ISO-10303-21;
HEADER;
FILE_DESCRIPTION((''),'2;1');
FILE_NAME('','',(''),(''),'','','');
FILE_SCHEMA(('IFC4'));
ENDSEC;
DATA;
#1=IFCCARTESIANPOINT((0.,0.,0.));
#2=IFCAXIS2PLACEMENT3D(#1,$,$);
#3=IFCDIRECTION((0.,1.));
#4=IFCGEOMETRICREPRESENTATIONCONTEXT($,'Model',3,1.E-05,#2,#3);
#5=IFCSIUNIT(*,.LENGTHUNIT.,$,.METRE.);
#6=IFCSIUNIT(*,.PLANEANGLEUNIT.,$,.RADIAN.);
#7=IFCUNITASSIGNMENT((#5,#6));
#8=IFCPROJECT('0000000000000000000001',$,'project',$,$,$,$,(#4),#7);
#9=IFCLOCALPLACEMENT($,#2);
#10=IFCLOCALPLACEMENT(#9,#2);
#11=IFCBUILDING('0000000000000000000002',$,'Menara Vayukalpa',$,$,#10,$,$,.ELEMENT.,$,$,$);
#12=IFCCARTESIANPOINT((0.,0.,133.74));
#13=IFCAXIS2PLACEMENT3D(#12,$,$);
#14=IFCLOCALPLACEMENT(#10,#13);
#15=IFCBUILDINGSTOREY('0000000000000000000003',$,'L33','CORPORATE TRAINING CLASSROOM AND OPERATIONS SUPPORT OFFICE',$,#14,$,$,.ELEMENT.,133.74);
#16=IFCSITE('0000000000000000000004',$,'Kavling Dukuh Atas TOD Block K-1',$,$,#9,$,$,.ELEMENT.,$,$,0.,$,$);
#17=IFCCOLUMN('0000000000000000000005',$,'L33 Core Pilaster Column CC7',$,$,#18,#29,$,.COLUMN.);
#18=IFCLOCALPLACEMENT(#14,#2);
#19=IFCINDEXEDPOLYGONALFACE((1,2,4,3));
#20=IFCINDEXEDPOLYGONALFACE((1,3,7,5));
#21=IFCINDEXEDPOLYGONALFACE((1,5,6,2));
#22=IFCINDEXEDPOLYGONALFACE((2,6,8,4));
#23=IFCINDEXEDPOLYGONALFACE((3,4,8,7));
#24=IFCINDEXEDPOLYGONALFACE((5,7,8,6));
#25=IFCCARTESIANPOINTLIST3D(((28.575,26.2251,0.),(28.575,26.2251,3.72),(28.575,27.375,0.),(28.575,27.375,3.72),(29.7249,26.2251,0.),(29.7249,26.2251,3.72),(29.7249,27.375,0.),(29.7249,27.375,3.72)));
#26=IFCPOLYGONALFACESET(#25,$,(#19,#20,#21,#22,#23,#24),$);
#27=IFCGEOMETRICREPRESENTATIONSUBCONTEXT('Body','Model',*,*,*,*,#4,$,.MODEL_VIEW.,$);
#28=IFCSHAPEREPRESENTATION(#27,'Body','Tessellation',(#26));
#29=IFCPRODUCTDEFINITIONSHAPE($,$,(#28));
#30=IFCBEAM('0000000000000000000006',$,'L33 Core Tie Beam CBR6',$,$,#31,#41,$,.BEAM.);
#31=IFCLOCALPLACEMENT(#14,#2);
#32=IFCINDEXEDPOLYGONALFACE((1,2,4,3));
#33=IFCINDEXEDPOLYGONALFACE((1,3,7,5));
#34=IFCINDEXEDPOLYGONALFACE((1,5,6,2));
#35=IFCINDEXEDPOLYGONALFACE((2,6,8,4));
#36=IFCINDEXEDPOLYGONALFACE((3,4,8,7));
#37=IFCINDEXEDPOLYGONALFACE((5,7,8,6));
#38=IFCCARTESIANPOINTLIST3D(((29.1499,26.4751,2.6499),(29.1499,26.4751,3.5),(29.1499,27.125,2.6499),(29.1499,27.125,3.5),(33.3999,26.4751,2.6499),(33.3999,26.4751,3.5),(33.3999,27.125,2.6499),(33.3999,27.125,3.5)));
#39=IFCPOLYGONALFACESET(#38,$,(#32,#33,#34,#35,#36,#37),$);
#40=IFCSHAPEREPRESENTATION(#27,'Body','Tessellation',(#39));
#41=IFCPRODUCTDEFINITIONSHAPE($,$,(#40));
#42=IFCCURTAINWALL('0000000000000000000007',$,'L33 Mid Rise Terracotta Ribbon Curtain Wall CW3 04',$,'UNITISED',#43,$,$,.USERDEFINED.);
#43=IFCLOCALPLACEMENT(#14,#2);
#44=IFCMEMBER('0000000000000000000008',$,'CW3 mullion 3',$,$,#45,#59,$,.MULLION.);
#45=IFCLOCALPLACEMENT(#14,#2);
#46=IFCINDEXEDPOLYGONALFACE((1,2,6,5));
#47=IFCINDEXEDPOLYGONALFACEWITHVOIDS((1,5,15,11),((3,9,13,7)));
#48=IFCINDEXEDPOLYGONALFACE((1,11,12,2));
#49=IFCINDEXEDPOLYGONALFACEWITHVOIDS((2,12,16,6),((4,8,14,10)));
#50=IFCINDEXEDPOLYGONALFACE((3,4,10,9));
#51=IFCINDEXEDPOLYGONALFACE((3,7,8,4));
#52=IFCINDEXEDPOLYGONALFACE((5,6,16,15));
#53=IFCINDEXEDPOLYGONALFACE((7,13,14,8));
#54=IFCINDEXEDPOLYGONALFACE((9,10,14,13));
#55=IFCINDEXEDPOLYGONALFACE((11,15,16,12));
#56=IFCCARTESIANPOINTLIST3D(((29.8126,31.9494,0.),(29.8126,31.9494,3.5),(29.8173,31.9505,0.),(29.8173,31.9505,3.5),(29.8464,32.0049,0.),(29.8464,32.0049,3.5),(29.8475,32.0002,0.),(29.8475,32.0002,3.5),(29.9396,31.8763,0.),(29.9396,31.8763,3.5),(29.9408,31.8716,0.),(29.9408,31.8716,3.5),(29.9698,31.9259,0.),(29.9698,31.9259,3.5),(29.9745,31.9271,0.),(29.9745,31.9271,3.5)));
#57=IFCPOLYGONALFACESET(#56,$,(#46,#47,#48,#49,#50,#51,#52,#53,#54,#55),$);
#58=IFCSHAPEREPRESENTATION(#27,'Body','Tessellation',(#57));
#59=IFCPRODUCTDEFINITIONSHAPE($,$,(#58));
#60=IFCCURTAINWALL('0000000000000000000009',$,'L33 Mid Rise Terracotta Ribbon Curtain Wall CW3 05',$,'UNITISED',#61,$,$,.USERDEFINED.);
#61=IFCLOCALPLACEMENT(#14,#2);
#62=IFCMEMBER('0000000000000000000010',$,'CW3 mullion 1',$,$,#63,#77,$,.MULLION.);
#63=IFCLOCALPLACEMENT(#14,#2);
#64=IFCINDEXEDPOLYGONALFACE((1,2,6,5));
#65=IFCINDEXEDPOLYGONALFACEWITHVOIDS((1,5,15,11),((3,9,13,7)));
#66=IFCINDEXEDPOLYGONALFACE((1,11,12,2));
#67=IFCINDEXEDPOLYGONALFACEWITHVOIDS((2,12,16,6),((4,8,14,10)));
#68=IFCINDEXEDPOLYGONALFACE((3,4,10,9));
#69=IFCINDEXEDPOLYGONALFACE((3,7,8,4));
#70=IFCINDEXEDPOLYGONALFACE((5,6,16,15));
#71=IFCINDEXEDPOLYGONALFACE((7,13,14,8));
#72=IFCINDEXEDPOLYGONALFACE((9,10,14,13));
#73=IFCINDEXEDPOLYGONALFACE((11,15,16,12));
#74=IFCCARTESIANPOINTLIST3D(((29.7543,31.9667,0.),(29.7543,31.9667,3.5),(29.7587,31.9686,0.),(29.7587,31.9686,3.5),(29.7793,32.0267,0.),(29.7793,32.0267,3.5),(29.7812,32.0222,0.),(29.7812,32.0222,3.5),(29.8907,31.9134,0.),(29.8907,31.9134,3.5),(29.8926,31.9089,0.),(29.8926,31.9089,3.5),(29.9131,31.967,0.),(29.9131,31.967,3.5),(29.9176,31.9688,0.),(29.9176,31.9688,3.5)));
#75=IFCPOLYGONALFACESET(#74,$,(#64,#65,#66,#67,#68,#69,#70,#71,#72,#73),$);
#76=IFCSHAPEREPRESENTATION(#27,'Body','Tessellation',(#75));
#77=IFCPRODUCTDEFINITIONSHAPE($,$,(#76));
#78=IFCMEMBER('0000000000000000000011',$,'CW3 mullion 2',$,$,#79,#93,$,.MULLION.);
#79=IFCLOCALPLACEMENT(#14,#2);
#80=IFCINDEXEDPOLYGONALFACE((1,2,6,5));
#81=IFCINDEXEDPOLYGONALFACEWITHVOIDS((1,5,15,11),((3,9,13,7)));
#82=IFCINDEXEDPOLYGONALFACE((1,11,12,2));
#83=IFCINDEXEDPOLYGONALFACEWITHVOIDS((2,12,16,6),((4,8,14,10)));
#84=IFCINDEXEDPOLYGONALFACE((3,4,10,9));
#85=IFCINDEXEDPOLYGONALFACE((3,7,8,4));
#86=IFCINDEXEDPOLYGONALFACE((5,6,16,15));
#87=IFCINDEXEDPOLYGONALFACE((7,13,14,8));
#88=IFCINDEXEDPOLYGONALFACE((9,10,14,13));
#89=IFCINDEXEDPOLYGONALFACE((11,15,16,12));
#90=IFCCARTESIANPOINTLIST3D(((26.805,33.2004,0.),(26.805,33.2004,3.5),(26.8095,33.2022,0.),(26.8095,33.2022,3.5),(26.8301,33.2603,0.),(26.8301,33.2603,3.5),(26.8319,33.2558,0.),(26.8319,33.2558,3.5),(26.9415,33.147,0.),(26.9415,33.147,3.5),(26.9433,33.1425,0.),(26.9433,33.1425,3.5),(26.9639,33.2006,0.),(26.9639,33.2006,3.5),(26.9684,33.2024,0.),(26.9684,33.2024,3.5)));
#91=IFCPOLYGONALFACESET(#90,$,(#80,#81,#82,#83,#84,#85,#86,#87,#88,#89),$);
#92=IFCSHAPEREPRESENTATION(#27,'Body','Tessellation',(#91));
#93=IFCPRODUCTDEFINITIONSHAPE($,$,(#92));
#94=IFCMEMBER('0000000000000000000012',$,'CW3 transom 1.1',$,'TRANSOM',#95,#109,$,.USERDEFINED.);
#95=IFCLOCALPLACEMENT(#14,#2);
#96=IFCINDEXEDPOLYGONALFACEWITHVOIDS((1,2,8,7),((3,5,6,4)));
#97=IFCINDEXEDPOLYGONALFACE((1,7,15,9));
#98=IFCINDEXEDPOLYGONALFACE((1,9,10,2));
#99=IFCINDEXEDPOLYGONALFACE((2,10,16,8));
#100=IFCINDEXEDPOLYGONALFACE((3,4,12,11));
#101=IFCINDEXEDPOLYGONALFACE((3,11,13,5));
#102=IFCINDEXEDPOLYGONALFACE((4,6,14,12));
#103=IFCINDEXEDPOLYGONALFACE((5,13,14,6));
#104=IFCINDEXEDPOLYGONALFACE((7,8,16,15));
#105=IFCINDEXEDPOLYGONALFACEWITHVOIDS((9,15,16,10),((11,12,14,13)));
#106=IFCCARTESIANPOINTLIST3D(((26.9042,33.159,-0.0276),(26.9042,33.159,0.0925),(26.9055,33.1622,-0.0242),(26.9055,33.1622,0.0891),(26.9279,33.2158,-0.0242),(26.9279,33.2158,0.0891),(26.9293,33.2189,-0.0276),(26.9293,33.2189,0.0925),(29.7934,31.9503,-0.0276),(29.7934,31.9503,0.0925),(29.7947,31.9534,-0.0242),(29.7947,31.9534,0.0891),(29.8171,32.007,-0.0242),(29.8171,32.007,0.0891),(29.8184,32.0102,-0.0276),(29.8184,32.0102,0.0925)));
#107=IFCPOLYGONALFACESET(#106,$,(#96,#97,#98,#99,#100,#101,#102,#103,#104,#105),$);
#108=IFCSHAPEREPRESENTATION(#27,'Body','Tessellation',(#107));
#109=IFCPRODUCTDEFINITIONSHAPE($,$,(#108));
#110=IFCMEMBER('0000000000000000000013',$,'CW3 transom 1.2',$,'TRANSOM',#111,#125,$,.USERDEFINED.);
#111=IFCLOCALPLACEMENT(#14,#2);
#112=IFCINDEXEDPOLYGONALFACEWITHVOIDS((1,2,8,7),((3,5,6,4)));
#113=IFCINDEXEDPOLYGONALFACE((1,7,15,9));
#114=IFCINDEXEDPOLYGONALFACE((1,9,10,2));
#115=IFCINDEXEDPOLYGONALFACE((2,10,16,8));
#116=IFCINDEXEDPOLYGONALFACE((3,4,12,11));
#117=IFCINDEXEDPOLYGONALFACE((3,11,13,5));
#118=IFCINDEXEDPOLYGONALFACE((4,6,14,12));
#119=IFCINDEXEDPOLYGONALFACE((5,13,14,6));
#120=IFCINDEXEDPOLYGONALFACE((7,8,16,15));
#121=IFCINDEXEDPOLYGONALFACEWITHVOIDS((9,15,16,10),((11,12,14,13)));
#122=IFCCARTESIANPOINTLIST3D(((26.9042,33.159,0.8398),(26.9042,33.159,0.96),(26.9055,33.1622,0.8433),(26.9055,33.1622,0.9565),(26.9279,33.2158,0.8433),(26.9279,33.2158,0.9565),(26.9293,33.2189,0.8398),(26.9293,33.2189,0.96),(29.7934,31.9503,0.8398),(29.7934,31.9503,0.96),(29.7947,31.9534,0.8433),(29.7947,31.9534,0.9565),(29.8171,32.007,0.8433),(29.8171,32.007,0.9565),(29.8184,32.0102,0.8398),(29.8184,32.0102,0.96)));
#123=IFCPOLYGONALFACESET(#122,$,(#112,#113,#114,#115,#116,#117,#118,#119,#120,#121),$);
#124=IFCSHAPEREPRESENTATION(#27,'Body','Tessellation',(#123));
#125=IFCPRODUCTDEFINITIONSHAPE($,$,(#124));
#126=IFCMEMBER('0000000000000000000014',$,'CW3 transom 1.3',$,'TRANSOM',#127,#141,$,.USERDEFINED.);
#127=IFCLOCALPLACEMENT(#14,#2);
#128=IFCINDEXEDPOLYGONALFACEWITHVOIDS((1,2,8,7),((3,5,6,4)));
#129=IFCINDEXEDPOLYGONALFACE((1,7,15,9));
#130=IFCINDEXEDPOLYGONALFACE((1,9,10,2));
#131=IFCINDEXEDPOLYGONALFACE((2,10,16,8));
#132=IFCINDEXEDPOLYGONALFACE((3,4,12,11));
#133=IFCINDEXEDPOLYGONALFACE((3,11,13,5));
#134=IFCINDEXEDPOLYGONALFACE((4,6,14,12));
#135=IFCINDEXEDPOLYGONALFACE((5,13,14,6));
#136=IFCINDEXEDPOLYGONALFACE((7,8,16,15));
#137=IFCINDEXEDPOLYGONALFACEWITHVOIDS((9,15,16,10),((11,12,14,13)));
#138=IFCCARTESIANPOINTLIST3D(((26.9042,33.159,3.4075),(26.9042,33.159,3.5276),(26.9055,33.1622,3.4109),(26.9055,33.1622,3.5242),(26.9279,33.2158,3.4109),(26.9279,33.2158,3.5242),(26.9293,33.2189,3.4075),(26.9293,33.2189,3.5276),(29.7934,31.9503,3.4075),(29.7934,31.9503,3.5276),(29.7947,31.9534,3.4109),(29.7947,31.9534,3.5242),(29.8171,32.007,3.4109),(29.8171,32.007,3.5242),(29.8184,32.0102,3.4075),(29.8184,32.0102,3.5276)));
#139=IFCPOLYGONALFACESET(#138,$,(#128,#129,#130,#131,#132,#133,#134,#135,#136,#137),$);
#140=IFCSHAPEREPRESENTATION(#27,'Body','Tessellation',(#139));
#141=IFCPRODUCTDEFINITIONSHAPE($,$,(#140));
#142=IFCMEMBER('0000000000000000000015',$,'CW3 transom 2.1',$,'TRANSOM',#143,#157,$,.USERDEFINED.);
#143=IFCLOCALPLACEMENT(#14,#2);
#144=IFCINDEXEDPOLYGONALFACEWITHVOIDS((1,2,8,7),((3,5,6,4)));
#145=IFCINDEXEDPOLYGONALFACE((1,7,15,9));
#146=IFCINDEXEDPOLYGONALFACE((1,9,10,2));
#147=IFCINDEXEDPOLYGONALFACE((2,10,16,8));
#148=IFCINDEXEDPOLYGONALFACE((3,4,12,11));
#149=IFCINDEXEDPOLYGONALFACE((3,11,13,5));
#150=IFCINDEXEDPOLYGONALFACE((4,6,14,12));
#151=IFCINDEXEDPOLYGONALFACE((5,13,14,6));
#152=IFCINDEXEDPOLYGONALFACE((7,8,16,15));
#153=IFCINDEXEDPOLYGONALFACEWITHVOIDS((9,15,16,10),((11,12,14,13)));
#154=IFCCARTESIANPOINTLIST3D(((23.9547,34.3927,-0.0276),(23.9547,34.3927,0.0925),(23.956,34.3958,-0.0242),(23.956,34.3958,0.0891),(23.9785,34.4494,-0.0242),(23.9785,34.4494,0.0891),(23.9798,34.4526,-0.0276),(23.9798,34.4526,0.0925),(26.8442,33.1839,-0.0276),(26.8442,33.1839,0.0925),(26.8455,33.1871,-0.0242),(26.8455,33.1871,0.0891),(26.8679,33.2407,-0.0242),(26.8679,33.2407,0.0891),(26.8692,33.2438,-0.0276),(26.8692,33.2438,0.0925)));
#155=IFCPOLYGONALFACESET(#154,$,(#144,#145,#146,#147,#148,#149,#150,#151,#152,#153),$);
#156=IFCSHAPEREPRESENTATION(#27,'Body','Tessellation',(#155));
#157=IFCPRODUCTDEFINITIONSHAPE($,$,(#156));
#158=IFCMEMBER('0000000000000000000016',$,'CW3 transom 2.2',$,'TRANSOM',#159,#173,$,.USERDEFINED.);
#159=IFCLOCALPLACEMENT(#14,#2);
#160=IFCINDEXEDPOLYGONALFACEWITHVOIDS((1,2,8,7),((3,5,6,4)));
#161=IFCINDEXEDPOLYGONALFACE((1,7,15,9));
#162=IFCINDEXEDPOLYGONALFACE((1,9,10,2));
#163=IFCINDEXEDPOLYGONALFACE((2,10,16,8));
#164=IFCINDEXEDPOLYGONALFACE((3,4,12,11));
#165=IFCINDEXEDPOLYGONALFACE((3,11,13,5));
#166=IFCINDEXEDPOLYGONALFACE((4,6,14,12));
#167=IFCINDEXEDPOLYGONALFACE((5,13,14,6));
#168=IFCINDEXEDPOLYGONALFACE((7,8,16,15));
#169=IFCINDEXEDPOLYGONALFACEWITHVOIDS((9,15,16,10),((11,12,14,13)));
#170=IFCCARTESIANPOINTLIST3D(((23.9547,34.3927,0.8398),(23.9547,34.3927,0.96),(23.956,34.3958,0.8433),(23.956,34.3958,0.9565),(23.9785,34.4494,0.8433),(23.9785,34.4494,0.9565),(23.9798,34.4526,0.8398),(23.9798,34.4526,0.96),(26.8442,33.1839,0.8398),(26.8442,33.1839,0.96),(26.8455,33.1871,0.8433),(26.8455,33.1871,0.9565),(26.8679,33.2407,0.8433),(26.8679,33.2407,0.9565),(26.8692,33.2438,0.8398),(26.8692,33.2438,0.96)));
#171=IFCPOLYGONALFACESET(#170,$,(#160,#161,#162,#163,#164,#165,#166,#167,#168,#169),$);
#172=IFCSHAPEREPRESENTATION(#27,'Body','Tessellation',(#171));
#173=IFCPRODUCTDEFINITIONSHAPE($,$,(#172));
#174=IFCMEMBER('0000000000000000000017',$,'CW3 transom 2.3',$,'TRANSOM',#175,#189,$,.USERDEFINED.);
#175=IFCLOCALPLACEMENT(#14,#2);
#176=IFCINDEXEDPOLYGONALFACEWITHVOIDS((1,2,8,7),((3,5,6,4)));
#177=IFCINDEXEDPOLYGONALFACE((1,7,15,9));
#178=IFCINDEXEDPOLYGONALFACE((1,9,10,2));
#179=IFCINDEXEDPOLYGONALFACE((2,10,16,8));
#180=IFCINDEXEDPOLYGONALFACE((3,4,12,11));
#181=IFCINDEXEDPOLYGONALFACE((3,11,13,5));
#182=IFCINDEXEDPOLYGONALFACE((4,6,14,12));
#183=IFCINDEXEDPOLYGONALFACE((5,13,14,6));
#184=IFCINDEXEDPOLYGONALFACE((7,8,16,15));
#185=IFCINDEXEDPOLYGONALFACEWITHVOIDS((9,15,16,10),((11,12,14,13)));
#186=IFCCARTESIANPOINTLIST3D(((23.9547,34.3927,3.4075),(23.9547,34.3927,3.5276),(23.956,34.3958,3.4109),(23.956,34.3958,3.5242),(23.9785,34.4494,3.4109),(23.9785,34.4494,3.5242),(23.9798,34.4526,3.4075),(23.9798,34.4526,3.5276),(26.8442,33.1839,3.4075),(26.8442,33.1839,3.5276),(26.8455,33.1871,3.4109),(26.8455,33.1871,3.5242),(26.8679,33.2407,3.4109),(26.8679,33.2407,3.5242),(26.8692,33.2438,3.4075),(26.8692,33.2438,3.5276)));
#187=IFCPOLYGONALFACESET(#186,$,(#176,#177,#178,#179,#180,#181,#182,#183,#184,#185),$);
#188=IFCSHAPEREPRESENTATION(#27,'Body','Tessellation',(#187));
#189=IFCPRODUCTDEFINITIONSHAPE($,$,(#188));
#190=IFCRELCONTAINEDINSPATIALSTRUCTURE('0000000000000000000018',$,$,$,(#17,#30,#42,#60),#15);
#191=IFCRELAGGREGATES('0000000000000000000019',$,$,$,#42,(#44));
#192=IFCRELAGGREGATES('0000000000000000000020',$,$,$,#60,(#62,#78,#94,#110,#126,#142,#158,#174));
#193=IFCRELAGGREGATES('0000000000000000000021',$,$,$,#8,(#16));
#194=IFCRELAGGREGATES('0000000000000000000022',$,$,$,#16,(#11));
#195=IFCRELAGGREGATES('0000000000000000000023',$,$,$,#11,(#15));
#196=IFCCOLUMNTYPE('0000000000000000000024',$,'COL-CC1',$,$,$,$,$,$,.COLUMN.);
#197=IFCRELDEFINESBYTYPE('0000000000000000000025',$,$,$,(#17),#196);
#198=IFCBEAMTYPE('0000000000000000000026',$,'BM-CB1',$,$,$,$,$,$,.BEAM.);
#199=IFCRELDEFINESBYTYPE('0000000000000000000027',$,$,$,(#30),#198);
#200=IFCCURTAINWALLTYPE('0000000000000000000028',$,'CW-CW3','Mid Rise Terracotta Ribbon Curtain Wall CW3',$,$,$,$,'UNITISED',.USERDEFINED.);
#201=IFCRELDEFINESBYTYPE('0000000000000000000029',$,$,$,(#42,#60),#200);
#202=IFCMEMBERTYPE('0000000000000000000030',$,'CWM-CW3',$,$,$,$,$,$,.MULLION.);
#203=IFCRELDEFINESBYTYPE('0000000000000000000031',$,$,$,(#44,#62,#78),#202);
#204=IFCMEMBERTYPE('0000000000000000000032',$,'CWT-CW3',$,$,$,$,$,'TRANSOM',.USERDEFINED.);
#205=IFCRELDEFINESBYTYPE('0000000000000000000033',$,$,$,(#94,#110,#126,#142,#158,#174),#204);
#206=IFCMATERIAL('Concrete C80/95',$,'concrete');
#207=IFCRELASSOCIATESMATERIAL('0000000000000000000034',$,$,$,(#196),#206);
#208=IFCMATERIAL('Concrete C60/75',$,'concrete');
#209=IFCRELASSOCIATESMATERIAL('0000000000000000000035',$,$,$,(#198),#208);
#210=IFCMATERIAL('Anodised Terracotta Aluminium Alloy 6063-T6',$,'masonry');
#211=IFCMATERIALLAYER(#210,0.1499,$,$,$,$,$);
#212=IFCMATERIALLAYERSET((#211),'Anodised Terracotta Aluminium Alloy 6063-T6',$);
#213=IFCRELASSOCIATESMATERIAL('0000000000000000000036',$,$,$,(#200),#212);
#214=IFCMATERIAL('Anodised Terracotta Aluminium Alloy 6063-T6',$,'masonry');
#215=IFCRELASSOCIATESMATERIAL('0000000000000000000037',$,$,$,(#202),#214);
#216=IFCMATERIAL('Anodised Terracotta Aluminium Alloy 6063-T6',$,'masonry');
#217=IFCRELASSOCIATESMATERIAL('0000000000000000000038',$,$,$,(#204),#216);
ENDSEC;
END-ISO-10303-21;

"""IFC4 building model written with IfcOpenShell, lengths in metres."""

from ifc_helpers import new_model, si_unit, direction, frame, origin, origin_2d, place, context, subcontext, project, spatial, rectangle, hollow_rectangle, extrude, material, layer, layer_set, material_profile, profile_set, type_object, element, aggregate, save


model = new_model("IFC4")

# Units and contexts
model_context = context("Model", 3, precision=1e-05, world=origin(), true_north=direction((0.0, 1.0)))
body_context = subcontext(model_context, "Body", "Model", "MODEL_VIEW")
ifc_project = project(units=[si_unit("LENGTHUNIT", "METRE"), si_unit("PLANEANGLEUNIT", "RADIAN")], contexts=[model_context])

# Site, building, storey
site_placement = place(None, origin())
site = spatial("IfcSite", under=ifc_project, at=site_placement, Name="Kavling Dukuh Atas TOD Block K-1", CompositionType="ELEMENT", RefElevation=0.0)
building_placement = place(site_placement, origin())
building = spatial("IfcBuilding", under=site, at=building_placement, Name="Menara Vayukalpa", CompositionType="ELEMENT")
storey_placement = place(building_placement, frame((0.0, 0.0, 133.74)))
storey = spatial("IfcBuildingStorey", under=building, at=storey_placement, Name="L33", Description="CORPORATE TRAINING CLASSROOM AND OPERATIONS SUPPORT OFFICE", CompositionType="ELEMENT", Elevation=133.74)

# Column
ifc_material_1 = material(Name="Concrete C80/95", Category="concrete")
ifc_material_profile_1 = material_profile(ifc_material_1, rectangle(XDim=1.1499, YDim=1.1499, at=origin_2d()), Name="RC 1150x1150")
ifc_profile_set_1 = profile_set([ifc_material_profile_1], Name="Concrete C80/95")
column_type = type_object("IfcColumnType", Name="COL-CC1", PredefinedType="COLUMN", material=ifc_profile_set_1)
column_placement = place(storey_placement, frame((29.1499, 26.8, 0.0), z_axis=(0.0, 0.0, 1.0), x_axis=(1.0, 0.0, 0.0)))
element("IfcColumn", 1, at=column_placement, inside=storey, type_object=column_type, Name="L33 Core Pilaster Column CC7", PredefinedType="COLUMN", context=body_context, shape_type="SweptSolid", body=[
    extrude(rectangle(XDim=1.1499, YDim=1.1499, at=origin_2d()), origin(), (0.0, 0.0, 1.0), 3.72),
])

# Beam
ifc_material_2 = material(Name="Concrete C60/75", Category="concrete")
ifc_material_profile_2 = material_profile(ifc_material_2, rectangle(XDim=0.6499, YDim=0.8501, at=origin_2d()), Name="RC 650x850")
ifc_profile_set_2 = profile_set([ifc_material_profile_2], Name="Concrete C60/75")
beam_type = type_object("IfcBeamType", Name="BM-CB1", PredefinedType="BEAM", material=ifc_profile_set_2)
beam_placement = place(storey_placement, frame((29.1499, 26.8, 3.075), z_axis=(1.0, 0.0, 0.0), x_axis=(0.0, 1.0, 0.0)))
element("IfcBeam", 2, at=beam_placement, inside=storey, type_object=beam_type, Name="L33 Core Tie Beam CBR6", PredefinedType="BEAM", context=body_context, shape_type="SweptSolid", body=[
    extrude(rectangle(XDim=0.6499, YDim=0.8501, at=origin_2d()), origin(), (0.0, 0.0, 1.0), 4.25),
])

# Curtain wall, member
ifc_material_3 = material(Name="Anodised Terracotta Aluminium Alloy 6063-T6", Category="masonry")
ifc_layer_1 = layer(ifc_material_3, 0.1499)
ifc_layer_set_1 = layer_set([ifc_layer_1], Name="Anodised Terracotta Aluminium Alloy 6063-T6")
curtain_wall_type = type_object("IfcCurtainWallType", Name="CW-CW3", Description="Mid Rise Terracotta Ribbon Curtain Wall CW3", ElementType="UNITISED", PredefinedType="USERDEFINED", material=ifc_layer_set_1)
curtain_wall_1_placement = place(storey_placement, origin())
curtain_wall_1 = element("IfcCurtainWall", 3, at=curtain_wall_1_placement, inside=storey, type_object=curtain_wall_type, Name="L33 Mid Rise Terracotta Ribbon Curtain Wall CW3 04", ObjectType="UNITISED", PredefinedType="USERDEFINED")
ifc_material_4 = material(Name="Anodised Terracotta Aluminium Alloy 6063-T6", Category="masonry")
ifc_material_profile_3 = material_profile(ifc_material_4, hollow_rectangle(XDim=0.0649, YDim=0.1499, WallThickness=0.0034, at=origin_2d()), Name="ALU 65x150x3.5")
ifc_profile_set_3 = profile_set([ifc_material_profile_3], Name="Anodised Terracotta Aluminium Alloy 6063-T6")
member_type_1 = type_object("IfcMemberType", Name="CWM-CW3", PredefinedType="MULLION", material=ifc_profile_set_3)
member_1_placement = place(storey_placement, frame((29.8936, 31.9382, 0.0), z_axis=(0.0, 0.0, 1.0), x_axis=(-0.519183, -0.854663, 0.0)))
member_1 = element("IfcMember", 4, at=member_1_placement, type_object=member_type_1, Name="CW3 mullion 3", PredefinedType="MULLION", context=body_context, shape_type="SweptSolid", body=[
    extrude(hollow_rectangle(XDim=0.0649, YDim=0.1499, WallThickness=0.0034, at=origin_2d()), origin(), (0.0, 0.0, 1.0), 3.5),
])
aggregate(curtain_wall_1, [member_1])

# Curtain wall, members
curtain_wall_2_placement = place(storey_placement, origin())
curtain_wall_2 = element("IfcCurtainWall", 5, at=curtain_wall_2_placement, inside=storey, type_object=curtain_wall_type, Name="L33 Mid Rise Terracotta Ribbon Curtain Wall CW3 05", ObjectType="UNITISED", PredefinedType="USERDEFINED")
member_2_placement = place(storey_placement, frame((29.8359, 31.9678, 0.0), z_axis=(0.0, 0.0, 1.0), x_axis=(-0.385894, -0.922543, 0.0)))
member_2 = element("IfcMember", 6, at=member_2_placement, type_object=member_type_1, Name="CW3 mullion 1", PredefinedType="MULLION", context=body_context, shape_type="SweptSolid", body=[
    extrude(hollow_rectangle(XDim=0.0649, YDim=0.1499, WallThickness=0.0034, at=origin_2d()), origin(), (0.0, 0.0, 1.0), 3.5),
])
member_3_placement = place(storey_placement, frame((26.8867, 33.2014, 0.0), z_axis=(0.0, 0.0, 1.0), x_axis=(-0.385894, -0.922543, 0.0)))
member_3 = element("IfcMember", 7, at=member_3_placement, type_object=member_type_1, Name="CW3 mullion 2", PredefinedType="MULLION", context=body_context, shape_type="SweptSolid", body=[
    extrude(hollow_rectangle(XDim=0.0649, YDim=0.1499, WallThickness=0.0034, at=origin_2d()), origin(), (0.0, 0.0, 1.0), 3.5),
])
ifc_material_5 = material(Name="Anodised Terracotta Aluminium Alloy 6063-T6", Category="masonry")
ifc_material_profile_4 = material_profile(ifc_material_5, hollow_rectangle(XDim=0.0649, YDim=0.1201, WallThickness=0.0034, at=origin_2d()), Name="ALU 65x120x3.5")
ifc_profile_set_4 = profile_set([ifc_material_profile_4], Name="Anodised Terracotta Aluminium Alloy 6063-T6")
member_type_2 = type_object("IfcMemberType", Name="CWT-CW3", ElementType="TRANSOM", PredefinedType="USERDEFINED", material=ifc_profile_set_4)
member_4_placement = place(storey_placement, frame((29.8059, 31.9802, 0.0325), z_axis=(-0.922518, 0.385955, 0.0), x_axis=(-0.385955, -0.922518, 0.0)))
member_4 = element("IfcMember", 8, at=member_4_placement, type_object=member_type_2, Name="CW3 transom 1.1", ObjectType="TRANSOM", PredefinedType="USERDEFINED", context=body_context, shape_type="SweptSolid", body=[
    extrude(hollow_rectangle(XDim=0.0649, YDim=0.1201, WallThickness=0.0034, at=origin_2d()), origin(), (0.0, 0.0, 1.0), 3.1318),
])
member_5_placement = place(storey_placement, frame((29.8059, 31.9802, 0.8999), z_axis=(-0.922518, 0.385955, 0.0), x_axis=(-0.385955, -0.922518, 0.0)))
member_5 = element("IfcMember", 9, at=member_5_placement, type_object=member_type_2, Name="CW3 transom 1.2", ObjectType="TRANSOM", PredefinedType="USERDEFINED", context=body_context, shape_type="SweptSolid", body=[
    extrude(hollow_rectangle(XDim=0.0649, YDim=0.1201, WallThickness=0.0034, at=origin_2d()), origin(), (0.0, 0.0, 1.0), 3.1318),
])
member_6_placement = place(storey_placement, frame((29.8059, 31.9802, 3.4675), z_axis=(-0.922518, 0.385955, 0.0), x_axis=(-0.385955, -0.922518, 0.0)))
member_6 = element("IfcMember", 10, at=member_6_placement, type_object=member_type_2, Name="CW3 transom 1.3", ObjectType="TRANSOM", PredefinedType="USERDEFINED", context=body_context, shape_type="SweptSolid", body=[
    extrude(hollow_rectangle(XDim=0.0649, YDim=0.1201, WallThickness=0.0034, at=origin_2d()), origin(), (0.0, 0.0, 1.0), 3.1318),
])
member_7_placement = place(storey_placement, frame((26.8567, 33.2139, 0.0325), z_axis=(-0.922529, 0.385927, 0.0), x_axis=(-0.385927, -0.922529, 0.0)))
member_7 = element("IfcMember", 11, at=member_7_placement, type_object=member_type_2, Name="CW3 transom 2.1", ObjectType="TRANSOM", PredefinedType="USERDEFINED", context=body_context, shape_type="SweptSolid", body=[
    extrude(hollow_rectangle(XDim=0.0649, YDim=0.1201, WallThickness=0.0034, at=origin_2d()), origin(), (0.0, 0.0, 1.0), 3.1321),
])
member_8_placement = place(storey_placement, frame((26.8567, 33.2139, 0.8999), z_axis=(-0.922529, 0.385927, 0.0), x_axis=(-0.385927, -0.922529, 0.0)))
member_8 = element("IfcMember", 12, at=member_8_placement, type_object=member_type_2, Name="CW3 transom 2.2", ObjectType="TRANSOM", PredefinedType="USERDEFINED", context=body_context, shape_type="SweptSolid", body=[
    extrude(hollow_rectangle(XDim=0.0649, YDim=0.1201, WallThickness=0.0034, at=origin_2d()), origin(), (0.0, 0.0, 1.0), 3.1321),
])
member_9_placement = place(storey_placement, frame((26.8567, 33.2139, 3.4675), z_axis=(-0.922529, 0.385927, 0.0), x_axis=(-0.385927, -0.922529, 0.0)))
member_9 = element("IfcMember", 13, at=member_9_placement, type_object=member_type_2, Name="CW3 transom 2.3", ObjectType="TRANSOM", PredefinedType="USERDEFINED", context=body_context, shape_type="SweptSolid", body=[
    extrude(hollow_rectangle(XDim=0.0649, YDim=0.1201, WallThickness=0.0034, at=origin_2d()), origin(), (0.0, 0.0, 1.0), 3.1321),
])
aggregate(curtain_wall_2, [member_2, member_3, member_4, member_5, member_6, member_7, member_8, member_9])

save(model, "model.ifc")
